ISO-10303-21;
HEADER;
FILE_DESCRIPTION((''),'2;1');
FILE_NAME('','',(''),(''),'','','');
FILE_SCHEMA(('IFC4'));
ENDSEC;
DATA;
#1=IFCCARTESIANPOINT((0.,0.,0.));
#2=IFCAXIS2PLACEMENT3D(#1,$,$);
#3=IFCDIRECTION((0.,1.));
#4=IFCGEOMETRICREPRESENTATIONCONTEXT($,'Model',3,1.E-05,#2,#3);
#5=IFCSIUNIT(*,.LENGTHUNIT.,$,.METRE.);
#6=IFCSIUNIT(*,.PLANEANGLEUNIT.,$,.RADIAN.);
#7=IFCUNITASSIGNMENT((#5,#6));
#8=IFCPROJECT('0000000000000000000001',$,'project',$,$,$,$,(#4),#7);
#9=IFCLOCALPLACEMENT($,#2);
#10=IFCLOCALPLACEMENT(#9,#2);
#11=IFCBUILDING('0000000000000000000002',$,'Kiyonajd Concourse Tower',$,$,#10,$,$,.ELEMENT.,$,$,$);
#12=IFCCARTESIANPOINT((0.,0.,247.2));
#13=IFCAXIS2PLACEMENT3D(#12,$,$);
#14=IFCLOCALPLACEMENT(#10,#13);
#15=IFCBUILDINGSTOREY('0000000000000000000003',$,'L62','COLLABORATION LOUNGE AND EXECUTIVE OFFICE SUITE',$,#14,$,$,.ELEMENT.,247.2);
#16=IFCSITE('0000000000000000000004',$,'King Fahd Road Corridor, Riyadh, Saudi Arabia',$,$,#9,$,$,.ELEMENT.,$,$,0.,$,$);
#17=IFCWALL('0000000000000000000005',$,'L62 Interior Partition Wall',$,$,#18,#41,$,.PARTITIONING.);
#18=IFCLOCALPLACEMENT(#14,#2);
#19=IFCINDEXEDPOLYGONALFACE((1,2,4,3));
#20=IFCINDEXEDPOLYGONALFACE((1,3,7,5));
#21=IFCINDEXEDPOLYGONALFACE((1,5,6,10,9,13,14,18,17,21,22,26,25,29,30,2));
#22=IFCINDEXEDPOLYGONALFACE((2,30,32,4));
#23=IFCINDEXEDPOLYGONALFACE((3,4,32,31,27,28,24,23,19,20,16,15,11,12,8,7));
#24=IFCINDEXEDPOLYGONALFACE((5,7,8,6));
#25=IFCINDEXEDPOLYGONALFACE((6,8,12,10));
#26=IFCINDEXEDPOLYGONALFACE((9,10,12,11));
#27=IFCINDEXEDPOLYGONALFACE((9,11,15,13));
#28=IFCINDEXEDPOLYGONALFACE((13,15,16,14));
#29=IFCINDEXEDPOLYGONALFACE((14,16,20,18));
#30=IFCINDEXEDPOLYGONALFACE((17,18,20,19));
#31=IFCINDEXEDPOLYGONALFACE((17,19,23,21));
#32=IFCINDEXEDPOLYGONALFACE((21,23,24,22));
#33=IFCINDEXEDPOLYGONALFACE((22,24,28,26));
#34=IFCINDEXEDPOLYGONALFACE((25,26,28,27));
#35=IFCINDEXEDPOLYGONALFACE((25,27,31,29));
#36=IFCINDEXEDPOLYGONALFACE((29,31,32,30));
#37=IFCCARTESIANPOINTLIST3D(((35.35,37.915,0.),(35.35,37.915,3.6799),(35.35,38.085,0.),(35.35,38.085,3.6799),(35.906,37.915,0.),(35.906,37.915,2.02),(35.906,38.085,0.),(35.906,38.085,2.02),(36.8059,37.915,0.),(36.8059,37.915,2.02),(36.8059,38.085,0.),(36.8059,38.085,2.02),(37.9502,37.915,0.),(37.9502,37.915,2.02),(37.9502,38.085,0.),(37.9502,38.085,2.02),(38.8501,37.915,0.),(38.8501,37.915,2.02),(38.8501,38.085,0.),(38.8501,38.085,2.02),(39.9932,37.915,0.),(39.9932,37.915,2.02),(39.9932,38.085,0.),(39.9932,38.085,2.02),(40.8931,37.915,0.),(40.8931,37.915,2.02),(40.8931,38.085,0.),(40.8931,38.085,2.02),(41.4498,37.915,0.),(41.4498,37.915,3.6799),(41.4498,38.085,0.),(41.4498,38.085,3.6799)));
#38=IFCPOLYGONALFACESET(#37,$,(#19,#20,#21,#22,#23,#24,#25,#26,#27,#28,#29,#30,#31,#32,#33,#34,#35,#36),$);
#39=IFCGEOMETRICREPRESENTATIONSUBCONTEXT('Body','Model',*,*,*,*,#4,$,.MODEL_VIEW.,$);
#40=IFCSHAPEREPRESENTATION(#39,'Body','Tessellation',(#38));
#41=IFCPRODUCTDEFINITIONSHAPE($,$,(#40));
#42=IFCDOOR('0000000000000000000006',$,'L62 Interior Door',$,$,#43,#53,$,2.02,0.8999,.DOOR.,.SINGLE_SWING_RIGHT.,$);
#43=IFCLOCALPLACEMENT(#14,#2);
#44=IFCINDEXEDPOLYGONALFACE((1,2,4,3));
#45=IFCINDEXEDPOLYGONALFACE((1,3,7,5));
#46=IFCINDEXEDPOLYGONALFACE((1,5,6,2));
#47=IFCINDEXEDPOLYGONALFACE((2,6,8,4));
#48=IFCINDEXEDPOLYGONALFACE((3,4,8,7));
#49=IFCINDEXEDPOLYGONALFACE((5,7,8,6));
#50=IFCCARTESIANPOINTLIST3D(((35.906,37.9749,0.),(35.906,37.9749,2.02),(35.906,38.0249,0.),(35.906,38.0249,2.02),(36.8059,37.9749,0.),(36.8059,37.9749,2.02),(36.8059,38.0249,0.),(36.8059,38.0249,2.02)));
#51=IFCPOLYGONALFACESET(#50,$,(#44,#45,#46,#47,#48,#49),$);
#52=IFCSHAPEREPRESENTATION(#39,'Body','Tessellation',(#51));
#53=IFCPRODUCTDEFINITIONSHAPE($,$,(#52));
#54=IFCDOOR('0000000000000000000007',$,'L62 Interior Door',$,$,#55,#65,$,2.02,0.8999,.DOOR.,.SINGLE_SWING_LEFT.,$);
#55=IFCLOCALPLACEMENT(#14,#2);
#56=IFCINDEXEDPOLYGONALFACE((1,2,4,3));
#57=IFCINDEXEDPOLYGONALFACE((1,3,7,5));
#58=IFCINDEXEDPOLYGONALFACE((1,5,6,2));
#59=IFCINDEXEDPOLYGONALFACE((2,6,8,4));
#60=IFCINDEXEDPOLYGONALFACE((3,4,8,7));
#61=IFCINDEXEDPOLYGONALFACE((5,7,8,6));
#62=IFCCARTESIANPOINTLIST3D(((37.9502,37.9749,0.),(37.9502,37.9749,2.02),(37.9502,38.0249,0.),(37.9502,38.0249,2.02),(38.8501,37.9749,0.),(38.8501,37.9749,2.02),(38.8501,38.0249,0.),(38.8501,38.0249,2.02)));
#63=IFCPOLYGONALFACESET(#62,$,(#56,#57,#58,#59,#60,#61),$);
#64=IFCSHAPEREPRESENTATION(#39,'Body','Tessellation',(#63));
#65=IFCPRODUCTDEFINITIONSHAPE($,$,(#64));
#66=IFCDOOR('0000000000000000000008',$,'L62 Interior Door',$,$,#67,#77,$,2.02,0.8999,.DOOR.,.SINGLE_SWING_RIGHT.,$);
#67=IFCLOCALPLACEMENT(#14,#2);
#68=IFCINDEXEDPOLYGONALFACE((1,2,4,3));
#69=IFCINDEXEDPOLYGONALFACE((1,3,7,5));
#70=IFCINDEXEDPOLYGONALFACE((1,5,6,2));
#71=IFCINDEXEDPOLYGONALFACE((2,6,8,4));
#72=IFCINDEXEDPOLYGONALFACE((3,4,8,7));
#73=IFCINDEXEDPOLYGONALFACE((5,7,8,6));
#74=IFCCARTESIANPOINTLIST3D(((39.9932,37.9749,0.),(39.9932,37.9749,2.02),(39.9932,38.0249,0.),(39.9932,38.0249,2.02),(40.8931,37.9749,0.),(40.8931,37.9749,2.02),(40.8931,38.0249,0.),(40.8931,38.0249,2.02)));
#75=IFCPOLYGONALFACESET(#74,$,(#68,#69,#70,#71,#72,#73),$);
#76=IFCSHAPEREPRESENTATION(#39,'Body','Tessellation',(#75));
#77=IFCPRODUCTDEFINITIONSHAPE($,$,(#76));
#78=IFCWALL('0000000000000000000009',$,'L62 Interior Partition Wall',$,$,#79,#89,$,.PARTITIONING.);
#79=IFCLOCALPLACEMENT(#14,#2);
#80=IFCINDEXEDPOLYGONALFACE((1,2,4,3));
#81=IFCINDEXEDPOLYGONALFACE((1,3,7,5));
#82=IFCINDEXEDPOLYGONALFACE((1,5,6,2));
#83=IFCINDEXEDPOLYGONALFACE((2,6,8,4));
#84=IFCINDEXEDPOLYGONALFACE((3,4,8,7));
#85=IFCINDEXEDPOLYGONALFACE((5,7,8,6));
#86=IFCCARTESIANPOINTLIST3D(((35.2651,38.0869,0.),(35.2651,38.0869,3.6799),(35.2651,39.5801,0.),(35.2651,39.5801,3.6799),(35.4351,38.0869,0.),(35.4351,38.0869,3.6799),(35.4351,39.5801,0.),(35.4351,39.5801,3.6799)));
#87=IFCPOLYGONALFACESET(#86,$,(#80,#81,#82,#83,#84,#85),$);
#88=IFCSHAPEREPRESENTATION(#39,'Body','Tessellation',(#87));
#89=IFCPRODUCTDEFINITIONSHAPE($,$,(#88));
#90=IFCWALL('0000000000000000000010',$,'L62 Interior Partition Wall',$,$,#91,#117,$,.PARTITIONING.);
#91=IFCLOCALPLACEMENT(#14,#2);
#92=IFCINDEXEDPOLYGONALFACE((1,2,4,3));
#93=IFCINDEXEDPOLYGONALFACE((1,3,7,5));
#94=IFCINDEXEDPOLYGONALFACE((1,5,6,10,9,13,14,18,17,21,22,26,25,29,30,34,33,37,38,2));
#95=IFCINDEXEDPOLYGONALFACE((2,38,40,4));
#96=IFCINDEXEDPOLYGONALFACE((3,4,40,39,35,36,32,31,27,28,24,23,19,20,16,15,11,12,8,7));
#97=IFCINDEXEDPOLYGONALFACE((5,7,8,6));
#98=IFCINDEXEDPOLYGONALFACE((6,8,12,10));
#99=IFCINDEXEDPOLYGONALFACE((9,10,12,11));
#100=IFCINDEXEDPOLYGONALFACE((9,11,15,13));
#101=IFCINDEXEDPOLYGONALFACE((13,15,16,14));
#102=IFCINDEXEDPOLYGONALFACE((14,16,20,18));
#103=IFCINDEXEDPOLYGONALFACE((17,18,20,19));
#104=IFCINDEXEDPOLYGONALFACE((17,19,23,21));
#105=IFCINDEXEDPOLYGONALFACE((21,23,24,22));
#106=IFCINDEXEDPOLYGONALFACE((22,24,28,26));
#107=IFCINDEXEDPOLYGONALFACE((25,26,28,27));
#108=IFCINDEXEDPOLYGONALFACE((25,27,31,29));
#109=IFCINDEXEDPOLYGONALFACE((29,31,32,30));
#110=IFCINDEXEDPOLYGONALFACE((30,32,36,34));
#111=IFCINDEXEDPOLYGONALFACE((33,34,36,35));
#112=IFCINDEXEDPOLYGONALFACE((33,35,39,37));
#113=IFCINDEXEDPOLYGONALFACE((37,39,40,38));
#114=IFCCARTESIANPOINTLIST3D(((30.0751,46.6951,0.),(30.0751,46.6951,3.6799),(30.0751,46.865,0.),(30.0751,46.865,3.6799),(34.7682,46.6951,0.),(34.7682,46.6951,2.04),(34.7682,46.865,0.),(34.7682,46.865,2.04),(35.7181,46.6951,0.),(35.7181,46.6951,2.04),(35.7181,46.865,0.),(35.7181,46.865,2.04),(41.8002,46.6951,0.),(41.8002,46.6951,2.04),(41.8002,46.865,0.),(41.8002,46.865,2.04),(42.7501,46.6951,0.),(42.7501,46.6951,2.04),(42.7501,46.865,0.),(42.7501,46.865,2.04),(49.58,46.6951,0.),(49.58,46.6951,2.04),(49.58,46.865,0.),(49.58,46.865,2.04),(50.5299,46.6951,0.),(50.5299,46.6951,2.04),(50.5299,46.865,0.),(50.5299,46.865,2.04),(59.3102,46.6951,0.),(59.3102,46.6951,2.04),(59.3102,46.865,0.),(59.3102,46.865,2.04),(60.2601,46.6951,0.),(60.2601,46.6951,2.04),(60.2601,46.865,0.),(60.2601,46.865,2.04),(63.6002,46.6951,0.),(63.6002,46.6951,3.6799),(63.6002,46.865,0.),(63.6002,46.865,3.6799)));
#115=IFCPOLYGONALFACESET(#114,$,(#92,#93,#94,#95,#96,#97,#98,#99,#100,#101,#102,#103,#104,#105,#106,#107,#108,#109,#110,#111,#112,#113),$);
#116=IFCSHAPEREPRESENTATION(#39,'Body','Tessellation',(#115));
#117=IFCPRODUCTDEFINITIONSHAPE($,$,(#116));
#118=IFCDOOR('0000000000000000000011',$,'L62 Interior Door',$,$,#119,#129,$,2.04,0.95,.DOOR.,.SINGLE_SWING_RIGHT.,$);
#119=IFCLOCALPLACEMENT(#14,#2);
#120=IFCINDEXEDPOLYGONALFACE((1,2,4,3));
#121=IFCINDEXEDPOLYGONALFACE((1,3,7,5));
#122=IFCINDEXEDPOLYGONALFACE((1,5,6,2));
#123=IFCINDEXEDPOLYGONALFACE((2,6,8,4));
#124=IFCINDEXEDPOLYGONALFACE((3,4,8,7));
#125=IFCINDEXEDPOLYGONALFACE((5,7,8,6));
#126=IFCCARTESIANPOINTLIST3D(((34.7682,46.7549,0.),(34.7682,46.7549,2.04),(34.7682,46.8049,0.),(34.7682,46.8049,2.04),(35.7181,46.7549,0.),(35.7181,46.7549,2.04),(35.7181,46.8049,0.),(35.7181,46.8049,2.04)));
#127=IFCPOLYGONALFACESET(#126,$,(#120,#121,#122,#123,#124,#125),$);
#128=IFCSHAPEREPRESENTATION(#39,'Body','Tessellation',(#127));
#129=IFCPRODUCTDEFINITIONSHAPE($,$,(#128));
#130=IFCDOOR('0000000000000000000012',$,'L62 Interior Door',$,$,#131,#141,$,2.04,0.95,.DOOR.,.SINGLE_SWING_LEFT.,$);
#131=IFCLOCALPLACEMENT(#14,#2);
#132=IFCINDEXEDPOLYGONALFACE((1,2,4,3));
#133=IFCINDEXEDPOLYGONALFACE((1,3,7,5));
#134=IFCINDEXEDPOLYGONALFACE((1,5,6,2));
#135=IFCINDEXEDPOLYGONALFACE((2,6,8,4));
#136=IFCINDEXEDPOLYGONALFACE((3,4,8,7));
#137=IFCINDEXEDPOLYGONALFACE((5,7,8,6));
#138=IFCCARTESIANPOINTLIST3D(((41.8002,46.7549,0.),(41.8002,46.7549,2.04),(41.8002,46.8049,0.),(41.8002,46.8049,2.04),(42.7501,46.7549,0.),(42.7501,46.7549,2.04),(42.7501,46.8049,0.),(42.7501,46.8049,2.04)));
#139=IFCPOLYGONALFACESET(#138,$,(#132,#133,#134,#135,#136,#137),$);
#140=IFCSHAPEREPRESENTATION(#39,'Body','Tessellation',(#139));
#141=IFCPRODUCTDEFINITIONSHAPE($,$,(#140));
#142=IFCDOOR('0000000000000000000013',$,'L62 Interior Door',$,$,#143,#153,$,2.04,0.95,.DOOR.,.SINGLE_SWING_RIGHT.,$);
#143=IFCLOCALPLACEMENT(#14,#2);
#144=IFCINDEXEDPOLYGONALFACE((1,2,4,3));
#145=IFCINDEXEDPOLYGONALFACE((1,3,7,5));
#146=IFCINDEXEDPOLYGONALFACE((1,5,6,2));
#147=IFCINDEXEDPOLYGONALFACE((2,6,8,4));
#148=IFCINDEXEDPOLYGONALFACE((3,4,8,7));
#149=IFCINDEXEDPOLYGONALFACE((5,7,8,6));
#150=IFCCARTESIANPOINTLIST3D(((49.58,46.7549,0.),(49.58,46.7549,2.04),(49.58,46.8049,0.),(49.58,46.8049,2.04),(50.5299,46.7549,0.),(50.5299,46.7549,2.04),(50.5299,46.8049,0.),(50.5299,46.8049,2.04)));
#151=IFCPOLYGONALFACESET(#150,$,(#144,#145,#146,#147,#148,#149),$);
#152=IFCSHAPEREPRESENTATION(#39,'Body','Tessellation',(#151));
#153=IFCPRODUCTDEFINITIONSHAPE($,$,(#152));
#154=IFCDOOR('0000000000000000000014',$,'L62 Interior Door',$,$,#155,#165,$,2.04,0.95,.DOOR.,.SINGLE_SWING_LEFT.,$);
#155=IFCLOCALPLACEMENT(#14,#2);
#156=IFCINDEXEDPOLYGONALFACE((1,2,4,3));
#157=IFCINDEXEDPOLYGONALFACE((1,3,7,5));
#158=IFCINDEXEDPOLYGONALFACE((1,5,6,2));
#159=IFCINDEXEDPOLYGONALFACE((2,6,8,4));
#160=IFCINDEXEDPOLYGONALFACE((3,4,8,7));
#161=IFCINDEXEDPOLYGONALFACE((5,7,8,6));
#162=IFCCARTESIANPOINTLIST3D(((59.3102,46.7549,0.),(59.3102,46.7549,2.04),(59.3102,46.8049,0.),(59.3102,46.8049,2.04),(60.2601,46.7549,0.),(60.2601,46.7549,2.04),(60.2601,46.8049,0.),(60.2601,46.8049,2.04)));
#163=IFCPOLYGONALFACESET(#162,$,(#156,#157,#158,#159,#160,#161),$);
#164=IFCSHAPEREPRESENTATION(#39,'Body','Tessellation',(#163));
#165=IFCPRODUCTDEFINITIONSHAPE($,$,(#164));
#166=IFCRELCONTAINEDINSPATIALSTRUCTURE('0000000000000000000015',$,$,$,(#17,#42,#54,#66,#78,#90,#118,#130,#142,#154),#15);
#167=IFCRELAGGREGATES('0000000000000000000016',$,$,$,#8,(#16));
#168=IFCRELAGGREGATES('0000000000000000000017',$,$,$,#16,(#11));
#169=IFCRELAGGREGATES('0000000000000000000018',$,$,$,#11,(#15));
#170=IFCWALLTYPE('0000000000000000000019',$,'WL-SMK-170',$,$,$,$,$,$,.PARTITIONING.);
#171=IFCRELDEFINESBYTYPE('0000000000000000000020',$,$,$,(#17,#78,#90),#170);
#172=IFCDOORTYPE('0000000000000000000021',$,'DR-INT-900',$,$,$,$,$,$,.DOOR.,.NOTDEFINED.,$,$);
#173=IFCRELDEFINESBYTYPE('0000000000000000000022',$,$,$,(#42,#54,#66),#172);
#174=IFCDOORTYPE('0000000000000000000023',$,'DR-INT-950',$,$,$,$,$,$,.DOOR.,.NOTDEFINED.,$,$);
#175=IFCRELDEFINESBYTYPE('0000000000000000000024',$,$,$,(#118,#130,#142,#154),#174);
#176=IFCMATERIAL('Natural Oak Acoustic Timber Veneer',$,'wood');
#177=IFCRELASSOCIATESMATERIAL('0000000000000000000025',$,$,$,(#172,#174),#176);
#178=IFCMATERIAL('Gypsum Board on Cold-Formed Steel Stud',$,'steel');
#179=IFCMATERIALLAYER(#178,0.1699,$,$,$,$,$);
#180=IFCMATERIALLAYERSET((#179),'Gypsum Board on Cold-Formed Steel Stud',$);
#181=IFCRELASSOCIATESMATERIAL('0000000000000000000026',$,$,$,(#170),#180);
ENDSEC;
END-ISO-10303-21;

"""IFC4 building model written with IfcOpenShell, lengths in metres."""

from ifc_helpers import new_model, si_unit, direction, frame, frame_2d, origin, place, context, subcontext, project, spatial, rectangle, extrude, material, layer, layer_set, type_object, element, fill, save


model = new_model("IFC4")

# Units and contexts
model_context = context("Model", 3, precision=1e-05, world=origin(), true_north=direction((0.0, 1.0)))
body_context = subcontext(model_context, "Body", "Model", "MODEL_VIEW")
ifc_project = project(units=[si_unit("LENGTHUNIT", "METRE"), si_unit("PLANEANGLEUNIT", "RADIAN")], contexts=[model_context])

# Site, building, storey
site_placement = place(None, origin())
site = spatial("IfcSite", under=ifc_project, at=site_placement, Name="King Fahd Road Corridor, Riyadh, Saudi Arabia", CompositionType="ELEMENT", RefElevation=0.0)
building_placement = place(site_placement, origin())
building = spatial("IfcBuilding", under=site, at=building_placement, Name="Kiyonajd Concourse Tower", CompositionType="ELEMENT")
storey_placement = place(building_placement, frame((0.0, 0.0, 247.2)))
storey = spatial("IfcBuildingStorey", under=building, at=storey_placement, Name="L62", Description="COLLABORATION LOUNGE AND EXECUTIVE OFFICE SUITE", CompositionType="ELEMENT", Elevation=247.2)

# Shared definitions
ifc_material_1 = material(Name="Natural Oak Acoustic Timber Veneer", Category="wood")
door_type_1 = type_object("IfcDoorType", Name="DR-INT-900", OperationType="NOTDEFINED", PredefinedType="DOOR", material=ifc_material_1)
door_type_2 = type_object("IfcDoorType", Name="DR-INT-950", OperationType="NOTDEFINED", PredefinedType="DOOR", material=ifc_material_1)

# Shared definitions
ifc_material_2 = material(Name="Gypsum Board on Cold-Formed Steel Stud", Category="steel")

# Wall, openings, doors
ifc_layer_1 = layer(ifc_material_2, 0.1699)
ifc_layer_set_1 = layer_set([ifc_layer_1], Name="Gypsum Board on Cold-Formed Steel Stud")
wall_type_1 = type_object("IfcWallType", Name="WL-SMK-170", PredefinedType="PARTITIONING", material=ifc_layer_set_1)
wall_1_placement = place(storey_placement, frame((35.3501, 38.0, 0.0), z_axis=(0.0, 0.0, 1.0), x_axis=(1.0, 0.0, 0.0)))
wall_1 = element("IfcWall", 1, at=wall_1_placement, inside=storey, type_object=wall_type_1, Name="L62 Interior Partition Wall", PredefinedType="PARTITIONING", context=body_context, shape_type="SweptSolid", body=[
    extrude(rectangle(XDim=6.0999, YDim=0.1699, at=frame_2d((3.0498, 0.0))), origin(), (0.0, 0.0, 1.0), 3.6799),
])
opening_1_placement = place(wall_1_placement, frame((0.5559, 0.0, 0.0)))
opening_1 = element("IfcOpeningElement", 2, at=opening_1_placement, cuts=wall_1, PredefinedType="OPENING", context=body_context, shape_type="SweptSolid", body=[
    extrude(rectangle(XDim=0.8999, YDim=2.02, at=frame_2d((0.45, 1.01))), frame((0.0, 0.095, 0.0), z_axis=(0.0, -1.0, 0.0), x_axis=(1.0, 0.0, 0.0)), (0.0, 0.0, 1.0), 0.1899),
])
opening_2_placement = place(wall_1_placement, frame((2.6001, 0.0, 0.0)))
opening_2 = element("IfcOpeningElement", 3, at=opening_2_placement, cuts=wall_1, PredefinedType="OPENING", context=body_context, shape_type="SweptSolid", body=[
    extrude(rectangle(XDim=0.8999, YDim=2.02, at=frame_2d((0.45, 1.01))), frame((0.0, 0.095, 0.0), z_axis=(0.0, -1.0, 0.0), x_axis=(1.0, 0.0, 0.0)), (0.0, 0.0, 1.0), 0.1899),
])
opening_3_placement = place(wall_1_placement, frame((4.6431, 0.0, 0.0)))
opening_3 = element("IfcOpeningElement", 4, at=opening_3_placement, cuts=wall_1, PredefinedType="OPENING", context=body_context, shape_type="SweptSolid", body=[
    extrude(rectangle(XDim=0.8999, YDim=2.02, at=frame_2d((0.45, 1.01))), frame((0.0, 0.095, 0.0), z_axis=(0.0, -1.0, 0.0), x_axis=(1.0, 0.0, 0.0)), (0.0, 0.0, 1.0), 0.1899),
])
door_1_placement = place(opening_1_placement, origin())
door_1 = element("IfcDoor", 5, at=door_1_placement, inside=storey, type_object=door_type_1, Name="L62 Interior Door", OperationType="SINGLE_SWING_RIGHT", OverallHeight=2.02, OverallWidth=0.8999, PredefinedType="DOOR", context=body_context, shape_type="SweptSolid", body=[
    extrude(rectangle(XDim=0.8999, YDim=2.02, at=frame_2d((0.45, 1.01))), frame((0.0, 0.0249, 0.0), z_axis=(0.0, -1.0, 0.0), x_axis=(1.0, 0.0, 0.0)), (0.0, 0.0, 1.0), 0.05),
])
fill(opening_1, door_1)
door_2_placement = place(opening_2_placement, origin())
door_2 = element("IfcDoor", 6, at=door_2_placement, inside=storey, type_object=door_type_1, Name="L62 Interior Door", OperationType="SINGLE_SWING_LEFT", OverallHeight=2.02, OverallWidth=0.8999, PredefinedType="DOOR", context=body_context, shape_type="SweptSolid", body=[
    extrude(rectangle(XDim=0.8999, YDim=2.02, at=frame_2d((0.45, 1.01))), frame((0.0, 0.0249, 0.0), z_axis=(0.0, -1.0, 0.0), x_axis=(1.0, 0.0, 0.0)), (0.0, 0.0, 1.0), 0.05),
])
fill(opening_2, door_2)
door_3_placement = place(opening_3_placement, origin())
door_3 = element("IfcDoor", 7, at=door_3_placement, inside=storey, type_object=door_type_1, Name="L62 Interior Door", OperationType="SINGLE_SWING_RIGHT", OverallHeight=2.02, OverallWidth=0.8999, PredefinedType="DOOR", context=body_context, shape_type="SweptSolid", body=[
    extrude(rectangle(XDim=0.8999, YDim=2.02, at=frame_2d((0.45, 1.01))), frame((0.0, 0.0249, 0.0), z_axis=(0.0, -1.0, 0.0), x_axis=(1.0, 0.0, 0.0)), (0.0, 0.0, 1.0), 0.05),
])
fill(opening_3, door_3)

# Wall
wall_2_placement = place(storey_placement, frame((35.3501, 38.0869, 0.0), z_axis=(0.0, 0.0, 1.0), x_axis=(0.0, 1.0, 0.0)))
element("IfcWall", 8, at=wall_2_placement, inside=storey, type_object=wall_type_1, Name="L62 Interior Partition Wall", PredefinedType="PARTITIONING", context=body_context, shape_type="SweptSolid", body=[
    extrude(rectangle(XDim=1.4932, YDim=0.1699, at=frame_2d((0.7466, 0.0))), origin(), (0.0, 0.0, 1.0), 3.6799),
])

# Wall, openings, doors
wall_3_placement = place(storey_placement, frame((30.075, 46.78, 0.0), z_axis=(0.0, 0.0, 1.0), x_axis=(1.0, 0.0, 0.0)))
wall_3 = element("IfcWall", 9, at=wall_3_placement, inside=storey, type_object=wall_type_1, Name="L62 Interior Partition Wall", PredefinedType="PARTITIONING", context=body_context, shape_type="SweptSolid", body=[
    extrude(rectangle(XDim=33.5251, YDim=0.1699, at=frame_2d((16.7627, 0.0))), origin(), (0.0, 0.0, 1.0), 3.6799),
])
opening_4_placement = place(wall_3_placement, frame((4.6931, 0.0, 0.0)))
opening_4 = element("IfcOpeningElement", 10, at=opening_4_placement, cuts=wall_3, PredefinedType="OPENING", context=body_context, shape_type="SweptSolid", body=[
    extrude(rectangle(XDim=0.95, YDim=2.04, at=frame_2d((0.4751, 1.02))), frame((0.0, 0.095, 0.0), z_axis=(0.0, -1.0, 0.0), x_axis=(1.0, 0.0, 0.0)), (0.0, 0.0, 1.0), 0.1899),
])
opening_5_placement = place(wall_3_placement, frame((11.7251, 0.0, 0.0)))
opening_5 = element("IfcOpeningElement", 11, at=opening_5_placement, cuts=wall_3, PredefinedType="OPENING", context=body_context, shape_type="SweptSolid", body=[
    extrude(rectangle(XDim=0.95, YDim=2.04, at=frame_2d((0.4751, 1.02))), frame((0.0, 0.095, 0.0), z_axis=(0.0, -1.0, 0.0), x_axis=(1.0, 0.0, 0.0)), (0.0, 0.0, 1.0), 0.1899),
])
opening_6_placement = place(wall_3_placement, frame((19.5049, 0.0, 0.0)))
opening_6 = element("IfcOpeningElement", 12, at=opening_6_placement, cuts=wall_3, PredefinedType="OPENING", context=body_context, shape_type="SweptSolid", body=[
    extrude(rectangle(XDim=0.95, YDim=2.04, at=frame_2d((0.4751, 1.02))), frame((0.0, 0.095, 0.0), z_axis=(0.0, -1.0, 0.0), x_axis=(1.0, 0.0, 0.0)), (0.0, 0.0, 1.0), 0.1899),
])
opening_7_placement = place(wall_3_placement, frame((29.2351, 0.0, 0.0)))
opening_7 = element("IfcOpeningElement", 13, at=opening_7_placement, cuts=wall_3, PredefinedType="OPENING", context=body_context, shape_type="SweptSolid", body=[
    extrude(rectangle(XDim=0.95, YDim=2.04, at=frame_2d((0.4751, 1.02))), frame((0.0, 0.095, 0.0), z_axis=(0.0, -1.0, 0.0), x_axis=(1.0, 0.0, 0.0)), (0.0, 0.0, 1.0), 0.1899),
])
door_4_placement = place(opening_4_placement, origin())
door_4 = element("IfcDoor", 14, at=door_4_placement, inside=storey, type_object=door_type_2, Name="L62 Interior Door", OperationType="SINGLE_SWING_RIGHT", OverallHeight=2.04, OverallWidth=0.95, PredefinedType="DOOR", context=body_context, shape_type="SweptSolid", body=[
    extrude(rectangle(XDim=0.95, YDim=2.04, at=frame_2d((0.4751, 1.02))), frame((0.0, 0.0249, 0.0), z_axis=(0.0, -1.0, 0.0), x_axis=(1.0, 0.0, 0.0)), (0.0, 0.0, 1.0), 0.05),
])
fill(opening_4, door_4)
door_5_placement = place(opening_5_placement, origin())
door_5 = element("IfcDoor", 15, at=door_5_placement, inside=storey, type_object=door_type_2, Name="L62 Interior Door", OperationType="SINGLE_SWING_LEFT", OverallHeight=2.04, OverallWidth=0.95, PredefinedType="DOOR", context=body_context, shape_type="SweptSolid", body=[
    extrude(rectangle(XDim=0.95, YDim=2.04, at=frame_2d((0.4751, 1.02))), frame((0.0, 0.0249, 0.0), z_axis=(0.0, -1.0, 0.0), x_axis=(1.0, 0.0, 0.0)), (0.0, 0.0, 1.0), 0.05),
])
fill(opening_5, door_5)
door_6_placement = place(opening_6_placement, origin())
door_6 = element("IfcDoor", 16, at=door_6_placement, inside=storey, type_object=door_type_2, Name="L62 Interior Door", OperationType="SINGLE_SWING_RIGHT", OverallHeight=2.04, OverallWidth=0.95, PredefinedType="DOOR", context=body_context, shape_type="SweptSolid", body=[
    extrude(rectangle(XDim=0.95, YDim=2.04, at=frame_2d((0.4751, 1.02))), frame((0.0, 0.0249, 0.0), z_axis=(0.0, -1.0, 0.0), x_axis=(1.0, 0.0, 0.0)), (0.0, 0.0, 1.0), 0.05),
])
fill(opening_6, door_6)
door_7_placement = place(opening_7_placement, origin())
door_7 = element("IfcDoor", 17, at=door_7_placement, inside=storey, type_object=door_type_2, Name="L62 Interior Door", OperationType="SINGLE_SWING_LEFT", OverallHeight=2.04, OverallWidth=0.95, PredefinedType="DOOR", context=body_context, shape_type="SweptSolid", body=[
    extrude(rectangle(XDim=0.95, YDim=2.04, at=frame_2d((0.4751, 1.02))), frame((0.0, 0.0249, 0.0), z_axis=(0.0, -1.0, 0.0), x_axis=(1.0, 0.0, 0.0)), (0.0, 0.0, 1.0), 0.05),
])
fill(opening_7, door_7)

save(model, "model.ifc")
